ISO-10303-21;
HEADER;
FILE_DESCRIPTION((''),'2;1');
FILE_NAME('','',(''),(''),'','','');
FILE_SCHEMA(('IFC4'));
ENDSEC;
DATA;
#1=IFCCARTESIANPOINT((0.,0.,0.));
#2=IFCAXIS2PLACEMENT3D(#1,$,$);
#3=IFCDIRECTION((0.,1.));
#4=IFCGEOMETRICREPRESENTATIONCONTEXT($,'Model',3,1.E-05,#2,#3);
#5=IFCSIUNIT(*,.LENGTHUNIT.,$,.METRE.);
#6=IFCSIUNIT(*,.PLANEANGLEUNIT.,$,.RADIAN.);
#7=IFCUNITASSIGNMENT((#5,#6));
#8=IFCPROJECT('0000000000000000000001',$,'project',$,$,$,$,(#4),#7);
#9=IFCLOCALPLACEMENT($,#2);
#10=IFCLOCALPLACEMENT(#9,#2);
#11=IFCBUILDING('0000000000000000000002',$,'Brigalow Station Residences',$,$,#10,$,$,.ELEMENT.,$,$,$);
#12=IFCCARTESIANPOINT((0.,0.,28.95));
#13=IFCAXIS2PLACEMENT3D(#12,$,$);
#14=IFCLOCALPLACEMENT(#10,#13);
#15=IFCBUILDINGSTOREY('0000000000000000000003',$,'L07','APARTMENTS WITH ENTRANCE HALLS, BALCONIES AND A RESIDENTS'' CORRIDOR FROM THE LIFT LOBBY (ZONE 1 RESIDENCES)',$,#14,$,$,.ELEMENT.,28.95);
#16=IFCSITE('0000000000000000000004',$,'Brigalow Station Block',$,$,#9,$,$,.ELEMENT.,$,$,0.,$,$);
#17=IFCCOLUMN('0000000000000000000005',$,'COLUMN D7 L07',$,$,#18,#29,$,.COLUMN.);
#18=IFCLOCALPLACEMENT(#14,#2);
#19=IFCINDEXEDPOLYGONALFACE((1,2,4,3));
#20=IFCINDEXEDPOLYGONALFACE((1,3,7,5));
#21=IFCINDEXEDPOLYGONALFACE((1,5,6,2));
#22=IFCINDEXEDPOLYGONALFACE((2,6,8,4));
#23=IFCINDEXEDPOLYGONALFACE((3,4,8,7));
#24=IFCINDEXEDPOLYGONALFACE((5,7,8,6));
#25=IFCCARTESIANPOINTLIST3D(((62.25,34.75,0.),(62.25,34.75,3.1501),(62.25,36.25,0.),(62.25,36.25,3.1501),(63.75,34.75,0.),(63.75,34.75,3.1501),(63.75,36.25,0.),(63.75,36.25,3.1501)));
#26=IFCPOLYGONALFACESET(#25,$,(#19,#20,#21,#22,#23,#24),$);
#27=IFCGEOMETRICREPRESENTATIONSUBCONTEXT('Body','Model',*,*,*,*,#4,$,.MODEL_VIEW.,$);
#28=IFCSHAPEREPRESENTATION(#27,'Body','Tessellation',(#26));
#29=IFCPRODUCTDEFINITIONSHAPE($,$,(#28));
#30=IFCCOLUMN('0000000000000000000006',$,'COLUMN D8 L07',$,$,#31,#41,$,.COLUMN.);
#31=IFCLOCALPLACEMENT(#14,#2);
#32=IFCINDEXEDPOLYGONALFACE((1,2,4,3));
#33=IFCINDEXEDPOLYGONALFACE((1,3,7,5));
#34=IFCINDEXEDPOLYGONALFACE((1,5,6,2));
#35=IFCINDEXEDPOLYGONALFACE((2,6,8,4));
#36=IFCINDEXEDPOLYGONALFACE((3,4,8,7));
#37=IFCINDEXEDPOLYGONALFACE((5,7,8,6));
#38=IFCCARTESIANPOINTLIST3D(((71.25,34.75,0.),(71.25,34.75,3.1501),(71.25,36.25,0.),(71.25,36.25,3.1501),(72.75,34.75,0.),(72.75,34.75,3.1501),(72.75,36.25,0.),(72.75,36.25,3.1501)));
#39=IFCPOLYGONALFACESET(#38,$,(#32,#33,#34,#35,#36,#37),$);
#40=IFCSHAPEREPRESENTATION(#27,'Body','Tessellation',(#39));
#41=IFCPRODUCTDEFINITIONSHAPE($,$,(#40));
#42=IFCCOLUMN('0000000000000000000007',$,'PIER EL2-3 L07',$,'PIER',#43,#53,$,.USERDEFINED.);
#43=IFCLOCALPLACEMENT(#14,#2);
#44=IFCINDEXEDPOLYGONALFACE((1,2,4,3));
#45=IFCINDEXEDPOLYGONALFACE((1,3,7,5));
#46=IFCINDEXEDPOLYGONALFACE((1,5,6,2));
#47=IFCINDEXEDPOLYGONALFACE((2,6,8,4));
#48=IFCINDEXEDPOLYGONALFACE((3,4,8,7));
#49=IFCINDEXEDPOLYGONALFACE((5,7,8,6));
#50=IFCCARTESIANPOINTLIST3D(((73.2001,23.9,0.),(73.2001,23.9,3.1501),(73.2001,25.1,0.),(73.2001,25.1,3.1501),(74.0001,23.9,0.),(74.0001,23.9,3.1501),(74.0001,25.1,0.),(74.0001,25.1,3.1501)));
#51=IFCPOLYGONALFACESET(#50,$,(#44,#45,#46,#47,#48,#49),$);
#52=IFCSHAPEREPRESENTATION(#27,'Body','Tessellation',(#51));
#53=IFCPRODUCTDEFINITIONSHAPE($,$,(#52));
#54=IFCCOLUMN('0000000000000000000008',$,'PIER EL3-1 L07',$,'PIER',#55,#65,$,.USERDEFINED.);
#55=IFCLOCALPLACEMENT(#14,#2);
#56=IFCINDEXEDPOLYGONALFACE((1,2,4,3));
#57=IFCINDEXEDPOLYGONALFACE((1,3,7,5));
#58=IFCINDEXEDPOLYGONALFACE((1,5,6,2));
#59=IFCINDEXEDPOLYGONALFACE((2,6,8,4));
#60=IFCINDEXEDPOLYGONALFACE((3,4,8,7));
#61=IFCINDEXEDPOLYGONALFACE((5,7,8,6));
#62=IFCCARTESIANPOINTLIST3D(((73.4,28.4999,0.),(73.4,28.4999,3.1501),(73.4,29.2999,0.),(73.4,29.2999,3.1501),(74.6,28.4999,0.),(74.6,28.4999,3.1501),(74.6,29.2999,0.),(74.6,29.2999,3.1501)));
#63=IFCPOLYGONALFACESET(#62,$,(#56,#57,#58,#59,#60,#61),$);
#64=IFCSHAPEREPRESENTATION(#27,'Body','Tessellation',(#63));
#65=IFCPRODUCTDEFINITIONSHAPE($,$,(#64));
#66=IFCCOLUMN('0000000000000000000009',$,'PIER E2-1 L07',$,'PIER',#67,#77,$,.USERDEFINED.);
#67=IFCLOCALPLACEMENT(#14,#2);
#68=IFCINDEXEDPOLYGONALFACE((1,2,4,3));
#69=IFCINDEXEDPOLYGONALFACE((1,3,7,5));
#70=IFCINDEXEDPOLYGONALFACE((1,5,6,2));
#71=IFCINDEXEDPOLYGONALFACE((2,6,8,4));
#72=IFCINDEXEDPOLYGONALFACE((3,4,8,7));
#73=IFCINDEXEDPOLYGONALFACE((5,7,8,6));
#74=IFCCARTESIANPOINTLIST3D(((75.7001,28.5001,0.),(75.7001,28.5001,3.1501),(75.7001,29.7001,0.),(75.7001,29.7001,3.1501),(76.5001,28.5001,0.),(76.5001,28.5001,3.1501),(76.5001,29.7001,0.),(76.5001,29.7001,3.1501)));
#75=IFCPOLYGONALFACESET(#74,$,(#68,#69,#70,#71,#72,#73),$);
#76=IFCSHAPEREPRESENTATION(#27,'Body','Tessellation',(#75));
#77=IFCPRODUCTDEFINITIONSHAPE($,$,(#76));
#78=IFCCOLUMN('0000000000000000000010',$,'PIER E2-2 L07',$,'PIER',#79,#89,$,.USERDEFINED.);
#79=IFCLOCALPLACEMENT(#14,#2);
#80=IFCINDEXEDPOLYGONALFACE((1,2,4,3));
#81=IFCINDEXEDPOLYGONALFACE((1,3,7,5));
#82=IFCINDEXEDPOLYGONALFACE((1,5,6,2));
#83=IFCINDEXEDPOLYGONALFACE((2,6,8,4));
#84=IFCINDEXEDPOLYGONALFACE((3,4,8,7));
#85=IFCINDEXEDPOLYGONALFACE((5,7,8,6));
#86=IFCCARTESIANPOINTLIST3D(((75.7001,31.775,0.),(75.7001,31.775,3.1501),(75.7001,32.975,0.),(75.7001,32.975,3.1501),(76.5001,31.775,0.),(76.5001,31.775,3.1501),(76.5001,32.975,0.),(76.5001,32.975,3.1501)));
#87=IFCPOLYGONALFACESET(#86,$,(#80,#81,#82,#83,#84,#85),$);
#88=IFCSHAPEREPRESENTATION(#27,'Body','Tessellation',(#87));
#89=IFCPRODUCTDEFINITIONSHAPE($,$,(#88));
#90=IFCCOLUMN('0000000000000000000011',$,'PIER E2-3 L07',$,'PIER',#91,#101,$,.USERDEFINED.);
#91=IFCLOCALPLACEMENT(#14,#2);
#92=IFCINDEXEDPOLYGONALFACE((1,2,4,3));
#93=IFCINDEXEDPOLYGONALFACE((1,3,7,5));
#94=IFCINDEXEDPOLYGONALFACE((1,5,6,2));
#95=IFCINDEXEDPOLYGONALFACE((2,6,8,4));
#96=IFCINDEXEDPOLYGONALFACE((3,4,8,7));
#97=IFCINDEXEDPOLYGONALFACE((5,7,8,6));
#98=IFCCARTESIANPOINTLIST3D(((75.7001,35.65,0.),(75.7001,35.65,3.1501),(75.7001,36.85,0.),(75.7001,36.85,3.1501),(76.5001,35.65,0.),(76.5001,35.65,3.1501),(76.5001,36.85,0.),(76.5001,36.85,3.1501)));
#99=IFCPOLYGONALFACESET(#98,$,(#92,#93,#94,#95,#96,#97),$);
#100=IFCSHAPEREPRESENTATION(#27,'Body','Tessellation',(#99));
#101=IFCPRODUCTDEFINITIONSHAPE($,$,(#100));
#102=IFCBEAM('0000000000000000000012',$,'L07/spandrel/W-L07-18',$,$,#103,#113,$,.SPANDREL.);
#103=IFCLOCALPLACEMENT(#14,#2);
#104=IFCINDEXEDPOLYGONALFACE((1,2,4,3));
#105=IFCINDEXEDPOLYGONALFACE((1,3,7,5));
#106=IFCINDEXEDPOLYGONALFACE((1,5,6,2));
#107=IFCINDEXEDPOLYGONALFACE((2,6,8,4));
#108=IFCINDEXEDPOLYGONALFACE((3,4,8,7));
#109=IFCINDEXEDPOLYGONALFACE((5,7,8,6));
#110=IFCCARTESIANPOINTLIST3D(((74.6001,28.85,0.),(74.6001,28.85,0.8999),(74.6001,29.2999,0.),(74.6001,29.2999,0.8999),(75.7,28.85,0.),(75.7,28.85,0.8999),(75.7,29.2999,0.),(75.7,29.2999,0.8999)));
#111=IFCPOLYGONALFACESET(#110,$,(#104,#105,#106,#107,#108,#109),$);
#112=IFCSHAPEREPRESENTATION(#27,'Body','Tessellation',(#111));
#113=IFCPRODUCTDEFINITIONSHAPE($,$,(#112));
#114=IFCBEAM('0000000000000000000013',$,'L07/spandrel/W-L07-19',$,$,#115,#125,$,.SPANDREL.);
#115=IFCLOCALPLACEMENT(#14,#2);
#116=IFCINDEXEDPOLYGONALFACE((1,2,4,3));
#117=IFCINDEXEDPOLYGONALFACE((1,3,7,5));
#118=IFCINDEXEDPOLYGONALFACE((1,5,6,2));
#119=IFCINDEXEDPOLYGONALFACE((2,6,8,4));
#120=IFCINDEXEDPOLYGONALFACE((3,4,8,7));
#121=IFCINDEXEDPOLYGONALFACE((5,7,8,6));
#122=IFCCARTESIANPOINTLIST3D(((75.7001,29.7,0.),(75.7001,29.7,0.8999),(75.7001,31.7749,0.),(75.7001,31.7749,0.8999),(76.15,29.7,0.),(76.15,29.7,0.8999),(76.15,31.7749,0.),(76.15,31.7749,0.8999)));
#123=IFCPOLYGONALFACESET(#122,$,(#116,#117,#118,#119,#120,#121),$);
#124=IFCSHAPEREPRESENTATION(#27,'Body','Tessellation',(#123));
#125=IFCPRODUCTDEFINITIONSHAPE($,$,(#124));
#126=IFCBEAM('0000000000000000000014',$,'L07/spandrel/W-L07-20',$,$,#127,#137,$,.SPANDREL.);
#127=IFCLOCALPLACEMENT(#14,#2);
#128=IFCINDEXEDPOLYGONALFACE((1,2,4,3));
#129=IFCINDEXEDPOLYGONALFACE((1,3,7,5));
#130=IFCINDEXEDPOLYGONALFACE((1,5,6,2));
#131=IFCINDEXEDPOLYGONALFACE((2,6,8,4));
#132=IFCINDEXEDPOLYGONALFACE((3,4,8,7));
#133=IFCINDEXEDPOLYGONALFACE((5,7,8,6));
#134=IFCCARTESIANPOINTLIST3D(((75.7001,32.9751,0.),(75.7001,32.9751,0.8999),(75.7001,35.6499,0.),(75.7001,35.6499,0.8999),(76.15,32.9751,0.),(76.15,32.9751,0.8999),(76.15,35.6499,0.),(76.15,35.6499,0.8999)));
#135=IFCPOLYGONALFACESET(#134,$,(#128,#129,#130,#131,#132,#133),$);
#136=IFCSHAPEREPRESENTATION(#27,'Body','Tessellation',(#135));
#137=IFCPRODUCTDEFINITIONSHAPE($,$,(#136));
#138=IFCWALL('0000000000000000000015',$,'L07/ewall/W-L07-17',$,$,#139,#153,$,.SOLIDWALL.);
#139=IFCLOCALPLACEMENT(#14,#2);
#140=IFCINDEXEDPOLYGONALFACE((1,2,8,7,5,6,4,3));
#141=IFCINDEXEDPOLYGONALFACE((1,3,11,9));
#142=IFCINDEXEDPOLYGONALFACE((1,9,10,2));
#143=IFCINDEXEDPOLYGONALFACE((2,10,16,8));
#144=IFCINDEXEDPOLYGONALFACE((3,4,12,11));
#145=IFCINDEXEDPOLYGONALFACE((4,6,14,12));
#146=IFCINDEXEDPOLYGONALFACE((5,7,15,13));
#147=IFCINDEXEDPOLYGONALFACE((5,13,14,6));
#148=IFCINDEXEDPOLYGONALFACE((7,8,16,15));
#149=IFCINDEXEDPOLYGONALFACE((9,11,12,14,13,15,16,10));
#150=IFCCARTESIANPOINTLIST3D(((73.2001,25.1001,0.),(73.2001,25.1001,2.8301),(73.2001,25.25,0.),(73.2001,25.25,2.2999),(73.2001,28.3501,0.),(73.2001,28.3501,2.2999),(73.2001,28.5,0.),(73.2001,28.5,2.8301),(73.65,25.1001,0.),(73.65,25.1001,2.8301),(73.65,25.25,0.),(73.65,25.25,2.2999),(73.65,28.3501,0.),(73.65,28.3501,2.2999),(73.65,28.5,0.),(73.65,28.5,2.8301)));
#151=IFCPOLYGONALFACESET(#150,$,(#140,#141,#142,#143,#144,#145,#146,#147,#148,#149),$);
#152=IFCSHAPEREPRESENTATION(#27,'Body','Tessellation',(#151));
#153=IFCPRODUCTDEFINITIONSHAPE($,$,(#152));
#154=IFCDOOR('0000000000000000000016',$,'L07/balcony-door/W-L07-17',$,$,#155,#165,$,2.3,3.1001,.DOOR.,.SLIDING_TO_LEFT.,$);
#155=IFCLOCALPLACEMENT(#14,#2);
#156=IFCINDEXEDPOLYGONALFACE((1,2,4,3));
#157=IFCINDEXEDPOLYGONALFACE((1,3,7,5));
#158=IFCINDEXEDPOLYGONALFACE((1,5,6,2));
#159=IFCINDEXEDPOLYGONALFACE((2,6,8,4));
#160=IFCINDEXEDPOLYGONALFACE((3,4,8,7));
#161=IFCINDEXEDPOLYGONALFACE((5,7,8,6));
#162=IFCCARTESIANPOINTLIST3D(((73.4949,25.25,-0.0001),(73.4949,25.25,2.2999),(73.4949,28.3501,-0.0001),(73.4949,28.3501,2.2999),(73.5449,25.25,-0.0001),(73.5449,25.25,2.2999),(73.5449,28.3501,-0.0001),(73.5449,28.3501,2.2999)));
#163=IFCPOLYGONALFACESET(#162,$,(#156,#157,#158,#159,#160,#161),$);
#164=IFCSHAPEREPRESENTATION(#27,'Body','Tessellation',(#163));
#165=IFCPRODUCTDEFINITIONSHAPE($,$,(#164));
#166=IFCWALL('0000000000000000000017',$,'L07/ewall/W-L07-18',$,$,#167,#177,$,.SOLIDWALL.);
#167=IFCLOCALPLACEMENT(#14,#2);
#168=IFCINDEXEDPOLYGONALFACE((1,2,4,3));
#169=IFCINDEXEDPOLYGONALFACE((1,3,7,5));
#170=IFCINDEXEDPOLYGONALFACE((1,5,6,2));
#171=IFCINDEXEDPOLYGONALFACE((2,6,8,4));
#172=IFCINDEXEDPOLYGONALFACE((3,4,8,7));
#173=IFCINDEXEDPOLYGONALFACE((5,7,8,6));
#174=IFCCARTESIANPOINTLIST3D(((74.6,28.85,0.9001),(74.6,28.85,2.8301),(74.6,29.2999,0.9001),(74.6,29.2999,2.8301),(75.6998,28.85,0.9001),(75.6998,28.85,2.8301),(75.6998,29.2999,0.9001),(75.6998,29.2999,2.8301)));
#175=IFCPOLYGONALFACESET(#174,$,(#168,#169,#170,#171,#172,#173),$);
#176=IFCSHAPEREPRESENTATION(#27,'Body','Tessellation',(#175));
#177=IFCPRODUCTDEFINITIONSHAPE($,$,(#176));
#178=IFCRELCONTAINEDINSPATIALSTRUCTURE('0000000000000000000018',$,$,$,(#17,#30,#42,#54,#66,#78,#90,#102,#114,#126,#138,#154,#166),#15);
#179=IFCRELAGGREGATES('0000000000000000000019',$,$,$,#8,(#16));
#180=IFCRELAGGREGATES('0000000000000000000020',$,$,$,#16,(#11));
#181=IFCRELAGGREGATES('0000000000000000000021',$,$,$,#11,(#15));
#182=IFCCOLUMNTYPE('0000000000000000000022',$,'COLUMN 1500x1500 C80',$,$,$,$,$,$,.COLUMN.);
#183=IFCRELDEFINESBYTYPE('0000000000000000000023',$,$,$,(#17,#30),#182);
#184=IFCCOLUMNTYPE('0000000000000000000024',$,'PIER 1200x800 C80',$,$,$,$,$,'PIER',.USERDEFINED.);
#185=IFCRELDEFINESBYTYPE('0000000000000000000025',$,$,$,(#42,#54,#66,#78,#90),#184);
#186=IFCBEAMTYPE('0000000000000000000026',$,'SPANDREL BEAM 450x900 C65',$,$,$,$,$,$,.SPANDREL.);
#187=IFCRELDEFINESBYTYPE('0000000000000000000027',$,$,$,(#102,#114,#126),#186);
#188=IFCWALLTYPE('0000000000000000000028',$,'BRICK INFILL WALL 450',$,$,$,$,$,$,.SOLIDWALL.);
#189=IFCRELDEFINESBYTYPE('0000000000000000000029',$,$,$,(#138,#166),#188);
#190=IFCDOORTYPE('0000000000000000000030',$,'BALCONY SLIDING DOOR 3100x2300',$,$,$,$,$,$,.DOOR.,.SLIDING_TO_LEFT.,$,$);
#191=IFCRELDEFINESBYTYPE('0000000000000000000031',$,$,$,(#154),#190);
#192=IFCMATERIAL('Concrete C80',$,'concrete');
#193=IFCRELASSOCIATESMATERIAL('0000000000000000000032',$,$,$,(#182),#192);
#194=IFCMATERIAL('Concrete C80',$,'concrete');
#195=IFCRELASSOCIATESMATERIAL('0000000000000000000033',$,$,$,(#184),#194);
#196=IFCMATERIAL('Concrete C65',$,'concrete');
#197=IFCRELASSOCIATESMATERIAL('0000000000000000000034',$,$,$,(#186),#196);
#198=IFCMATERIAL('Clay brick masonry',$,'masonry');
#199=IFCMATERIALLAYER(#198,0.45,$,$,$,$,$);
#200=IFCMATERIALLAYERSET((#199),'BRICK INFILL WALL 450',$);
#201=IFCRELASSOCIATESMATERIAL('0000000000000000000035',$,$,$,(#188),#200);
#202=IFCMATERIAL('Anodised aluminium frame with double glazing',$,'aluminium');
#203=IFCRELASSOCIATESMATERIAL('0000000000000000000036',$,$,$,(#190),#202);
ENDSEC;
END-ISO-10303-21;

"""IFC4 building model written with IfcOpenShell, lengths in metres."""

from ifc_helpers import new_model, si_unit, direction, frame, frame_2d, origin, origin_2d, place, context, subcontext, project, spatial, rectangle, extrude, material, layer, layer_set, material_profile, profile_set, type_object, element, fill, save


model = new_model("IFC4")

# Units and contexts
model_context = context("Model", 3, precision=1e-05, world=origin(), true_north=direction((0.0, 1.0)))
body_context = subcontext(model_context, "Body", "Model", "MODEL_VIEW")
ifc_project = project(units=[si_unit("LENGTHUNIT", "METRE"), si_unit("PLANEANGLEUNIT", "RADIAN")], contexts=[model_context])

# Site, building, storey
site_placement = place(None, origin())
site = spatial("IfcSite", under=ifc_project, at=site_placement, Name="Brigalow Station Block", CompositionType="ELEMENT", RefElevation=0.0)
building_placement = place(site_placement, origin())
building = spatial("IfcBuilding", under=site, at=building_placement, Name="Brigalow Station Residences", CompositionType="ELEMENT")
storey_placement = place(building_placement, frame((0.0, 0.0, 28.95)))
storey = spatial("IfcBuildingStorey", under=building, at=storey_placement, Name="L07", Description="APARTMENTS WITH ENTRANCE HALLS, BALCONIES AND A RESIDENTS' CORRIDOR FROM THE LIFT LOBBY (ZONE 1 RESIDENCES)", CompositionType="ELEMENT", Elevation=28.95)

# Columns
ifc_material_1 = material(Name="Concrete C80", Category="concrete")
ifc_material_profile_1 = material_profile(ifc_material_1, rectangle(XDim=1.5, YDim=1.5, at=origin_2d()), Name="RC1500x1500")
ifc_profile_set_1 = profile_set([ifc_material_profile_1], Name="Concrete C80")
column_type_1 = type_object("IfcColumnType", Name="COLUMN 1500x1500 C80", PredefinedType="COLUMN", material=ifc_profile_set_1)
for number, where, z_axis, x_axis, name in (
    (1, (63.0, 35.5, 0.0), (0.0, 0.0, 1.0), (1.0, 0.0, 0.0), "COLUMN D7 L07"),
    (2, (72.0, 35.5, 0.0), (0.0, 0.0, 1.0), (1.0, 0.0, 0.0), "COLUMN D8 L07"),
):
    element("IfcColumn", number, at=place(storey_placement, frame(where, z_axis=z_axis, x_axis=x_axis)), inside=storey, type_object=column_type_1, Name=name, PredefinedType="COLUMN", context=body_context, shape_type="SweptSolid", body=[
        extrude(rectangle(XDim=1.5, YDim=1.5, at=origin_2d()), origin(), (0.0, 0.0, 1.0), 3.1501),
    ])
ifc_material_2 = material(Name="Concrete C80", Category="concrete")
ifc_material_profile_2 = material_profile(ifc_material_2, rectangle(XDim=1.2, YDim=0.8, at=origin_2d()), Name="RC1200x800")
ifc_profile_set_2 = profile_set([ifc_material_profile_2], Name="Concrete C80")
column_type_2 = type_object("IfcColumnType", Name="PIER 1200x800 C80", ElementType="PIER", PredefinedType="USERDEFINED", material=ifc_profile_set_2)
for number, where, z_axis, x_axis, name in (
    (3, (73.6001, 24.5, 0.0), (0.0, 0.0, 1.0), (0.0, 1.0, 0.0), "PIER EL2-3 L07"),
    (4, (74.0, 28.8999, 0.0), (0.0, 0.0, 1.0), (1.0, 0.0, 0.0), "PIER EL3-1 L07"),
    (5, (76.1001, 29.1001, 0.0), (0.0, 0.0, 1.0), (0.0, 1.0, 0.0), "PIER E2-1 L07"),
    (6, (76.1001, 32.375, 0.0), (0.0, 0.0, 1.0), (0.0, 1.0, 0.0), "PIER E2-2 L07"),
    (7, (76.1001, 36.25, 0.0), (0.0, 0.0, 1.0), (0.0, 1.0, 0.0), "PIER E2-3 L07"),
):
    element("IfcColumn", number, at=place(storey_placement, frame(where, z_axis=z_axis, x_axis=x_axis)), inside=storey, type_object=column_type_2, Name=name, ObjectType="PIER", PredefinedType="USERDEFINED", context=body_context, shape_type="SweptSolid", body=[
        extrude(rectangle(XDim=1.2, YDim=0.8, at=origin_2d()), origin(), (0.0, 0.0, 1.0), 3.1501),
    ])

# Beams
ifc_material_3 = material(Name="Concrete C65", Category="concrete")
ifc_material_profile_3 = material_profile(ifc_material_3, rectangle(XDim=0.45, YDim=0.8999, at=origin_2d()), Name="RC450x900")
ifc_profile_set_3 = profile_set([ifc_material_profile_3], Name="Concrete C65")
beam_type = type_object("IfcBeamType", Name="SPANDREL BEAM 450x900 C65", PredefinedType="SPANDREL", material=ifc_profile_set_3)
beam_1_placement = place(storey_placement, frame((74.6001, 29.075, 0.45), z_axis=(1.0, 0.0, 0.0), x_axis=(0.0, 1.0, 0.0)))
element("IfcBeam", 8, at=beam_1_placement, inside=storey, type_object=beam_type, Name="L07/spandrel/W-L07-18", PredefinedType="SPANDREL", context=body_context, shape_type="SweptSolid", body=[
    extrude(rectangle(XDim=0.45, YDim=0.8999, at=origin_2d()), origin(), (0.0, 0.0, 1.0), 1.0999),
])
beam_2_placement = place(storey_placement, frame((75.925, 29.7, 0.45), z_axis=(0.0, 1.0, 0.0), x_axis=(-1.0, 0.0, 0.0)))
element("IfcBeam", 9, at=beam_2_placement, inside=storey, type_object=beam_type, Name="L07/spandrel/W-L07-19", PredefinedType="SPANDREL", context=body_context, shape_type="SweptSolid", body=[
    extrude(rectangle(XDim=0.45, YDim=0.8999, at=origin_2d()), origin(), (0.0, 0.0, 1.0), 2.075),
])
beam_3_placement = place(storey_placement, frame((75.925, 32.9751, 0.45), z_axis=(0.0, 1.0, 0.0), x_axis=(-1.0, 0.0, 0.0)))
element("IfcBeam", 10, at=beam_3_placement, inside=storey, type_object=beam_type, Name="L07/spandrel/W-L07-20", PredefinedType="SPANDREL", context=body_context, shape_type="SweptSolid", body=[
    extrude(rectangle(XDim=0.45, YDim=0.8999, at=origin_2d()), origin(), (0.0, 0.0, 1.0), 2.6748),
])

# Wall, opening, door
ifc_material_4 = material(Name="Clay brick masonry", Category="masonry")
ifc_layer_1 = layer(ifc_material_4, 0.45)
ifc_layer_set_1 = layer_set([ifc_layer_1], Name="BRICK INFILL WALL 450")
wall_type_1 = type_object("IfcWallType", Name="BRICK INFILL WALL 450", PredefinedType="SOLIDWALL", material=ifc_layer_set_1)
wall_1_placement = place(storey_placement, frame((73.425, 25.1001, 0.0), z_axis=(0.0, 0.0, 1.0), x_axis=(0.0, 1.0, 0.0)))
wall_1 = element("IfcWall", 11, at=wall_1_placement, inside=storey, type_object=wall_type_1, Name="L07/ewall/W-L07-17", PredefinedType="SOLIDWALL", context=body_context, shape_type="SweptSolid", body=[
    extrude(rectangle(XDim=3.3999, YDim=0.45, at=frame_2d((1.7, 0.0))), origin(), (0.0, 0.0, 1.0), 2.8301),
])
opening_1_placement = place(wall_1_placement, frame((0.1499, 0.0, 0.0)))
opening_1 = element("IfcOpeningElement", 12, at=opening_1_placement, cuts=wall_1, PredefinedType="OPENING", context=body_context, shape_type="SweptSolid", body=[
    extrude(rectangle(XDim=3.1001, YDim=2.3, at=frame_2d((1.55, 1.1499))), frame((0.0, 0.2349, 0.0), z_axis=(0.0, -1.0, 0.0), x_axis=(1.0, 0.0, 0.0)), (0.0, 0.0, 1.0), 0.47),
])
ifc_material_5 = material(Name="Anodised aluminium frame with double glazing", Category="aluminium")
door_type_1 = type_object("IfcDoorType", Name="BALCONY SLIDING DOOR 3100x2300", OperationType="SLIDING_TO_LEFT", PredefinedType="DOOR", material=ifc_material_5)
door_1_placement = place(opening_1_placement, origin())
door_1 = element("IfcDoor", 13, at=door_1_placement, inside=storey, type_object=door_type_1, Name="L07/balcony-door/W-L07-17", OperationType="SLIDING_TO_LEFT", OverallHeight=2.3, OverallWidth=3.1001, PredefinedType="DOOR", context=body_context, shape_type="SweptSolid", body=[
    extrude(rectangle(XDim=3.1001, YDim=2.3, at=frame_2d((1.55, 1.1499))), frame((0.0, -0.0698, 0.0), z_axis=(0.0, -1.0, 0.0), x_axis=(1.0, 0.0, 0.0)), (0.0, 0.0, 1.0), 0.05),
])
fill(opening_1, door_1)

# Wall
wall_2_placement = place(storey_placement, frame((74.6001, 29.075, 0.9001), z_axis=(0.0, 0.0, 1.0), x_axis=(1.0, 0.0, 0.0)))
element("IfcWall", 14, at=wall_2_placement, inside=storey, type_object=wall_type_1, Name="L07/ewall/W-L07-18", PredefinedType="SOLIDWALL", context=body_context, shape_type="SweptSolid", body=[
    extrude(rectangle(XDim=1.0999, YDim=0.45, at=frame_2d((0.5498, 0.0))), origin(), (0.0, 0.0, 1.0), 1.9299),
])

save(model, "model.ifc")
